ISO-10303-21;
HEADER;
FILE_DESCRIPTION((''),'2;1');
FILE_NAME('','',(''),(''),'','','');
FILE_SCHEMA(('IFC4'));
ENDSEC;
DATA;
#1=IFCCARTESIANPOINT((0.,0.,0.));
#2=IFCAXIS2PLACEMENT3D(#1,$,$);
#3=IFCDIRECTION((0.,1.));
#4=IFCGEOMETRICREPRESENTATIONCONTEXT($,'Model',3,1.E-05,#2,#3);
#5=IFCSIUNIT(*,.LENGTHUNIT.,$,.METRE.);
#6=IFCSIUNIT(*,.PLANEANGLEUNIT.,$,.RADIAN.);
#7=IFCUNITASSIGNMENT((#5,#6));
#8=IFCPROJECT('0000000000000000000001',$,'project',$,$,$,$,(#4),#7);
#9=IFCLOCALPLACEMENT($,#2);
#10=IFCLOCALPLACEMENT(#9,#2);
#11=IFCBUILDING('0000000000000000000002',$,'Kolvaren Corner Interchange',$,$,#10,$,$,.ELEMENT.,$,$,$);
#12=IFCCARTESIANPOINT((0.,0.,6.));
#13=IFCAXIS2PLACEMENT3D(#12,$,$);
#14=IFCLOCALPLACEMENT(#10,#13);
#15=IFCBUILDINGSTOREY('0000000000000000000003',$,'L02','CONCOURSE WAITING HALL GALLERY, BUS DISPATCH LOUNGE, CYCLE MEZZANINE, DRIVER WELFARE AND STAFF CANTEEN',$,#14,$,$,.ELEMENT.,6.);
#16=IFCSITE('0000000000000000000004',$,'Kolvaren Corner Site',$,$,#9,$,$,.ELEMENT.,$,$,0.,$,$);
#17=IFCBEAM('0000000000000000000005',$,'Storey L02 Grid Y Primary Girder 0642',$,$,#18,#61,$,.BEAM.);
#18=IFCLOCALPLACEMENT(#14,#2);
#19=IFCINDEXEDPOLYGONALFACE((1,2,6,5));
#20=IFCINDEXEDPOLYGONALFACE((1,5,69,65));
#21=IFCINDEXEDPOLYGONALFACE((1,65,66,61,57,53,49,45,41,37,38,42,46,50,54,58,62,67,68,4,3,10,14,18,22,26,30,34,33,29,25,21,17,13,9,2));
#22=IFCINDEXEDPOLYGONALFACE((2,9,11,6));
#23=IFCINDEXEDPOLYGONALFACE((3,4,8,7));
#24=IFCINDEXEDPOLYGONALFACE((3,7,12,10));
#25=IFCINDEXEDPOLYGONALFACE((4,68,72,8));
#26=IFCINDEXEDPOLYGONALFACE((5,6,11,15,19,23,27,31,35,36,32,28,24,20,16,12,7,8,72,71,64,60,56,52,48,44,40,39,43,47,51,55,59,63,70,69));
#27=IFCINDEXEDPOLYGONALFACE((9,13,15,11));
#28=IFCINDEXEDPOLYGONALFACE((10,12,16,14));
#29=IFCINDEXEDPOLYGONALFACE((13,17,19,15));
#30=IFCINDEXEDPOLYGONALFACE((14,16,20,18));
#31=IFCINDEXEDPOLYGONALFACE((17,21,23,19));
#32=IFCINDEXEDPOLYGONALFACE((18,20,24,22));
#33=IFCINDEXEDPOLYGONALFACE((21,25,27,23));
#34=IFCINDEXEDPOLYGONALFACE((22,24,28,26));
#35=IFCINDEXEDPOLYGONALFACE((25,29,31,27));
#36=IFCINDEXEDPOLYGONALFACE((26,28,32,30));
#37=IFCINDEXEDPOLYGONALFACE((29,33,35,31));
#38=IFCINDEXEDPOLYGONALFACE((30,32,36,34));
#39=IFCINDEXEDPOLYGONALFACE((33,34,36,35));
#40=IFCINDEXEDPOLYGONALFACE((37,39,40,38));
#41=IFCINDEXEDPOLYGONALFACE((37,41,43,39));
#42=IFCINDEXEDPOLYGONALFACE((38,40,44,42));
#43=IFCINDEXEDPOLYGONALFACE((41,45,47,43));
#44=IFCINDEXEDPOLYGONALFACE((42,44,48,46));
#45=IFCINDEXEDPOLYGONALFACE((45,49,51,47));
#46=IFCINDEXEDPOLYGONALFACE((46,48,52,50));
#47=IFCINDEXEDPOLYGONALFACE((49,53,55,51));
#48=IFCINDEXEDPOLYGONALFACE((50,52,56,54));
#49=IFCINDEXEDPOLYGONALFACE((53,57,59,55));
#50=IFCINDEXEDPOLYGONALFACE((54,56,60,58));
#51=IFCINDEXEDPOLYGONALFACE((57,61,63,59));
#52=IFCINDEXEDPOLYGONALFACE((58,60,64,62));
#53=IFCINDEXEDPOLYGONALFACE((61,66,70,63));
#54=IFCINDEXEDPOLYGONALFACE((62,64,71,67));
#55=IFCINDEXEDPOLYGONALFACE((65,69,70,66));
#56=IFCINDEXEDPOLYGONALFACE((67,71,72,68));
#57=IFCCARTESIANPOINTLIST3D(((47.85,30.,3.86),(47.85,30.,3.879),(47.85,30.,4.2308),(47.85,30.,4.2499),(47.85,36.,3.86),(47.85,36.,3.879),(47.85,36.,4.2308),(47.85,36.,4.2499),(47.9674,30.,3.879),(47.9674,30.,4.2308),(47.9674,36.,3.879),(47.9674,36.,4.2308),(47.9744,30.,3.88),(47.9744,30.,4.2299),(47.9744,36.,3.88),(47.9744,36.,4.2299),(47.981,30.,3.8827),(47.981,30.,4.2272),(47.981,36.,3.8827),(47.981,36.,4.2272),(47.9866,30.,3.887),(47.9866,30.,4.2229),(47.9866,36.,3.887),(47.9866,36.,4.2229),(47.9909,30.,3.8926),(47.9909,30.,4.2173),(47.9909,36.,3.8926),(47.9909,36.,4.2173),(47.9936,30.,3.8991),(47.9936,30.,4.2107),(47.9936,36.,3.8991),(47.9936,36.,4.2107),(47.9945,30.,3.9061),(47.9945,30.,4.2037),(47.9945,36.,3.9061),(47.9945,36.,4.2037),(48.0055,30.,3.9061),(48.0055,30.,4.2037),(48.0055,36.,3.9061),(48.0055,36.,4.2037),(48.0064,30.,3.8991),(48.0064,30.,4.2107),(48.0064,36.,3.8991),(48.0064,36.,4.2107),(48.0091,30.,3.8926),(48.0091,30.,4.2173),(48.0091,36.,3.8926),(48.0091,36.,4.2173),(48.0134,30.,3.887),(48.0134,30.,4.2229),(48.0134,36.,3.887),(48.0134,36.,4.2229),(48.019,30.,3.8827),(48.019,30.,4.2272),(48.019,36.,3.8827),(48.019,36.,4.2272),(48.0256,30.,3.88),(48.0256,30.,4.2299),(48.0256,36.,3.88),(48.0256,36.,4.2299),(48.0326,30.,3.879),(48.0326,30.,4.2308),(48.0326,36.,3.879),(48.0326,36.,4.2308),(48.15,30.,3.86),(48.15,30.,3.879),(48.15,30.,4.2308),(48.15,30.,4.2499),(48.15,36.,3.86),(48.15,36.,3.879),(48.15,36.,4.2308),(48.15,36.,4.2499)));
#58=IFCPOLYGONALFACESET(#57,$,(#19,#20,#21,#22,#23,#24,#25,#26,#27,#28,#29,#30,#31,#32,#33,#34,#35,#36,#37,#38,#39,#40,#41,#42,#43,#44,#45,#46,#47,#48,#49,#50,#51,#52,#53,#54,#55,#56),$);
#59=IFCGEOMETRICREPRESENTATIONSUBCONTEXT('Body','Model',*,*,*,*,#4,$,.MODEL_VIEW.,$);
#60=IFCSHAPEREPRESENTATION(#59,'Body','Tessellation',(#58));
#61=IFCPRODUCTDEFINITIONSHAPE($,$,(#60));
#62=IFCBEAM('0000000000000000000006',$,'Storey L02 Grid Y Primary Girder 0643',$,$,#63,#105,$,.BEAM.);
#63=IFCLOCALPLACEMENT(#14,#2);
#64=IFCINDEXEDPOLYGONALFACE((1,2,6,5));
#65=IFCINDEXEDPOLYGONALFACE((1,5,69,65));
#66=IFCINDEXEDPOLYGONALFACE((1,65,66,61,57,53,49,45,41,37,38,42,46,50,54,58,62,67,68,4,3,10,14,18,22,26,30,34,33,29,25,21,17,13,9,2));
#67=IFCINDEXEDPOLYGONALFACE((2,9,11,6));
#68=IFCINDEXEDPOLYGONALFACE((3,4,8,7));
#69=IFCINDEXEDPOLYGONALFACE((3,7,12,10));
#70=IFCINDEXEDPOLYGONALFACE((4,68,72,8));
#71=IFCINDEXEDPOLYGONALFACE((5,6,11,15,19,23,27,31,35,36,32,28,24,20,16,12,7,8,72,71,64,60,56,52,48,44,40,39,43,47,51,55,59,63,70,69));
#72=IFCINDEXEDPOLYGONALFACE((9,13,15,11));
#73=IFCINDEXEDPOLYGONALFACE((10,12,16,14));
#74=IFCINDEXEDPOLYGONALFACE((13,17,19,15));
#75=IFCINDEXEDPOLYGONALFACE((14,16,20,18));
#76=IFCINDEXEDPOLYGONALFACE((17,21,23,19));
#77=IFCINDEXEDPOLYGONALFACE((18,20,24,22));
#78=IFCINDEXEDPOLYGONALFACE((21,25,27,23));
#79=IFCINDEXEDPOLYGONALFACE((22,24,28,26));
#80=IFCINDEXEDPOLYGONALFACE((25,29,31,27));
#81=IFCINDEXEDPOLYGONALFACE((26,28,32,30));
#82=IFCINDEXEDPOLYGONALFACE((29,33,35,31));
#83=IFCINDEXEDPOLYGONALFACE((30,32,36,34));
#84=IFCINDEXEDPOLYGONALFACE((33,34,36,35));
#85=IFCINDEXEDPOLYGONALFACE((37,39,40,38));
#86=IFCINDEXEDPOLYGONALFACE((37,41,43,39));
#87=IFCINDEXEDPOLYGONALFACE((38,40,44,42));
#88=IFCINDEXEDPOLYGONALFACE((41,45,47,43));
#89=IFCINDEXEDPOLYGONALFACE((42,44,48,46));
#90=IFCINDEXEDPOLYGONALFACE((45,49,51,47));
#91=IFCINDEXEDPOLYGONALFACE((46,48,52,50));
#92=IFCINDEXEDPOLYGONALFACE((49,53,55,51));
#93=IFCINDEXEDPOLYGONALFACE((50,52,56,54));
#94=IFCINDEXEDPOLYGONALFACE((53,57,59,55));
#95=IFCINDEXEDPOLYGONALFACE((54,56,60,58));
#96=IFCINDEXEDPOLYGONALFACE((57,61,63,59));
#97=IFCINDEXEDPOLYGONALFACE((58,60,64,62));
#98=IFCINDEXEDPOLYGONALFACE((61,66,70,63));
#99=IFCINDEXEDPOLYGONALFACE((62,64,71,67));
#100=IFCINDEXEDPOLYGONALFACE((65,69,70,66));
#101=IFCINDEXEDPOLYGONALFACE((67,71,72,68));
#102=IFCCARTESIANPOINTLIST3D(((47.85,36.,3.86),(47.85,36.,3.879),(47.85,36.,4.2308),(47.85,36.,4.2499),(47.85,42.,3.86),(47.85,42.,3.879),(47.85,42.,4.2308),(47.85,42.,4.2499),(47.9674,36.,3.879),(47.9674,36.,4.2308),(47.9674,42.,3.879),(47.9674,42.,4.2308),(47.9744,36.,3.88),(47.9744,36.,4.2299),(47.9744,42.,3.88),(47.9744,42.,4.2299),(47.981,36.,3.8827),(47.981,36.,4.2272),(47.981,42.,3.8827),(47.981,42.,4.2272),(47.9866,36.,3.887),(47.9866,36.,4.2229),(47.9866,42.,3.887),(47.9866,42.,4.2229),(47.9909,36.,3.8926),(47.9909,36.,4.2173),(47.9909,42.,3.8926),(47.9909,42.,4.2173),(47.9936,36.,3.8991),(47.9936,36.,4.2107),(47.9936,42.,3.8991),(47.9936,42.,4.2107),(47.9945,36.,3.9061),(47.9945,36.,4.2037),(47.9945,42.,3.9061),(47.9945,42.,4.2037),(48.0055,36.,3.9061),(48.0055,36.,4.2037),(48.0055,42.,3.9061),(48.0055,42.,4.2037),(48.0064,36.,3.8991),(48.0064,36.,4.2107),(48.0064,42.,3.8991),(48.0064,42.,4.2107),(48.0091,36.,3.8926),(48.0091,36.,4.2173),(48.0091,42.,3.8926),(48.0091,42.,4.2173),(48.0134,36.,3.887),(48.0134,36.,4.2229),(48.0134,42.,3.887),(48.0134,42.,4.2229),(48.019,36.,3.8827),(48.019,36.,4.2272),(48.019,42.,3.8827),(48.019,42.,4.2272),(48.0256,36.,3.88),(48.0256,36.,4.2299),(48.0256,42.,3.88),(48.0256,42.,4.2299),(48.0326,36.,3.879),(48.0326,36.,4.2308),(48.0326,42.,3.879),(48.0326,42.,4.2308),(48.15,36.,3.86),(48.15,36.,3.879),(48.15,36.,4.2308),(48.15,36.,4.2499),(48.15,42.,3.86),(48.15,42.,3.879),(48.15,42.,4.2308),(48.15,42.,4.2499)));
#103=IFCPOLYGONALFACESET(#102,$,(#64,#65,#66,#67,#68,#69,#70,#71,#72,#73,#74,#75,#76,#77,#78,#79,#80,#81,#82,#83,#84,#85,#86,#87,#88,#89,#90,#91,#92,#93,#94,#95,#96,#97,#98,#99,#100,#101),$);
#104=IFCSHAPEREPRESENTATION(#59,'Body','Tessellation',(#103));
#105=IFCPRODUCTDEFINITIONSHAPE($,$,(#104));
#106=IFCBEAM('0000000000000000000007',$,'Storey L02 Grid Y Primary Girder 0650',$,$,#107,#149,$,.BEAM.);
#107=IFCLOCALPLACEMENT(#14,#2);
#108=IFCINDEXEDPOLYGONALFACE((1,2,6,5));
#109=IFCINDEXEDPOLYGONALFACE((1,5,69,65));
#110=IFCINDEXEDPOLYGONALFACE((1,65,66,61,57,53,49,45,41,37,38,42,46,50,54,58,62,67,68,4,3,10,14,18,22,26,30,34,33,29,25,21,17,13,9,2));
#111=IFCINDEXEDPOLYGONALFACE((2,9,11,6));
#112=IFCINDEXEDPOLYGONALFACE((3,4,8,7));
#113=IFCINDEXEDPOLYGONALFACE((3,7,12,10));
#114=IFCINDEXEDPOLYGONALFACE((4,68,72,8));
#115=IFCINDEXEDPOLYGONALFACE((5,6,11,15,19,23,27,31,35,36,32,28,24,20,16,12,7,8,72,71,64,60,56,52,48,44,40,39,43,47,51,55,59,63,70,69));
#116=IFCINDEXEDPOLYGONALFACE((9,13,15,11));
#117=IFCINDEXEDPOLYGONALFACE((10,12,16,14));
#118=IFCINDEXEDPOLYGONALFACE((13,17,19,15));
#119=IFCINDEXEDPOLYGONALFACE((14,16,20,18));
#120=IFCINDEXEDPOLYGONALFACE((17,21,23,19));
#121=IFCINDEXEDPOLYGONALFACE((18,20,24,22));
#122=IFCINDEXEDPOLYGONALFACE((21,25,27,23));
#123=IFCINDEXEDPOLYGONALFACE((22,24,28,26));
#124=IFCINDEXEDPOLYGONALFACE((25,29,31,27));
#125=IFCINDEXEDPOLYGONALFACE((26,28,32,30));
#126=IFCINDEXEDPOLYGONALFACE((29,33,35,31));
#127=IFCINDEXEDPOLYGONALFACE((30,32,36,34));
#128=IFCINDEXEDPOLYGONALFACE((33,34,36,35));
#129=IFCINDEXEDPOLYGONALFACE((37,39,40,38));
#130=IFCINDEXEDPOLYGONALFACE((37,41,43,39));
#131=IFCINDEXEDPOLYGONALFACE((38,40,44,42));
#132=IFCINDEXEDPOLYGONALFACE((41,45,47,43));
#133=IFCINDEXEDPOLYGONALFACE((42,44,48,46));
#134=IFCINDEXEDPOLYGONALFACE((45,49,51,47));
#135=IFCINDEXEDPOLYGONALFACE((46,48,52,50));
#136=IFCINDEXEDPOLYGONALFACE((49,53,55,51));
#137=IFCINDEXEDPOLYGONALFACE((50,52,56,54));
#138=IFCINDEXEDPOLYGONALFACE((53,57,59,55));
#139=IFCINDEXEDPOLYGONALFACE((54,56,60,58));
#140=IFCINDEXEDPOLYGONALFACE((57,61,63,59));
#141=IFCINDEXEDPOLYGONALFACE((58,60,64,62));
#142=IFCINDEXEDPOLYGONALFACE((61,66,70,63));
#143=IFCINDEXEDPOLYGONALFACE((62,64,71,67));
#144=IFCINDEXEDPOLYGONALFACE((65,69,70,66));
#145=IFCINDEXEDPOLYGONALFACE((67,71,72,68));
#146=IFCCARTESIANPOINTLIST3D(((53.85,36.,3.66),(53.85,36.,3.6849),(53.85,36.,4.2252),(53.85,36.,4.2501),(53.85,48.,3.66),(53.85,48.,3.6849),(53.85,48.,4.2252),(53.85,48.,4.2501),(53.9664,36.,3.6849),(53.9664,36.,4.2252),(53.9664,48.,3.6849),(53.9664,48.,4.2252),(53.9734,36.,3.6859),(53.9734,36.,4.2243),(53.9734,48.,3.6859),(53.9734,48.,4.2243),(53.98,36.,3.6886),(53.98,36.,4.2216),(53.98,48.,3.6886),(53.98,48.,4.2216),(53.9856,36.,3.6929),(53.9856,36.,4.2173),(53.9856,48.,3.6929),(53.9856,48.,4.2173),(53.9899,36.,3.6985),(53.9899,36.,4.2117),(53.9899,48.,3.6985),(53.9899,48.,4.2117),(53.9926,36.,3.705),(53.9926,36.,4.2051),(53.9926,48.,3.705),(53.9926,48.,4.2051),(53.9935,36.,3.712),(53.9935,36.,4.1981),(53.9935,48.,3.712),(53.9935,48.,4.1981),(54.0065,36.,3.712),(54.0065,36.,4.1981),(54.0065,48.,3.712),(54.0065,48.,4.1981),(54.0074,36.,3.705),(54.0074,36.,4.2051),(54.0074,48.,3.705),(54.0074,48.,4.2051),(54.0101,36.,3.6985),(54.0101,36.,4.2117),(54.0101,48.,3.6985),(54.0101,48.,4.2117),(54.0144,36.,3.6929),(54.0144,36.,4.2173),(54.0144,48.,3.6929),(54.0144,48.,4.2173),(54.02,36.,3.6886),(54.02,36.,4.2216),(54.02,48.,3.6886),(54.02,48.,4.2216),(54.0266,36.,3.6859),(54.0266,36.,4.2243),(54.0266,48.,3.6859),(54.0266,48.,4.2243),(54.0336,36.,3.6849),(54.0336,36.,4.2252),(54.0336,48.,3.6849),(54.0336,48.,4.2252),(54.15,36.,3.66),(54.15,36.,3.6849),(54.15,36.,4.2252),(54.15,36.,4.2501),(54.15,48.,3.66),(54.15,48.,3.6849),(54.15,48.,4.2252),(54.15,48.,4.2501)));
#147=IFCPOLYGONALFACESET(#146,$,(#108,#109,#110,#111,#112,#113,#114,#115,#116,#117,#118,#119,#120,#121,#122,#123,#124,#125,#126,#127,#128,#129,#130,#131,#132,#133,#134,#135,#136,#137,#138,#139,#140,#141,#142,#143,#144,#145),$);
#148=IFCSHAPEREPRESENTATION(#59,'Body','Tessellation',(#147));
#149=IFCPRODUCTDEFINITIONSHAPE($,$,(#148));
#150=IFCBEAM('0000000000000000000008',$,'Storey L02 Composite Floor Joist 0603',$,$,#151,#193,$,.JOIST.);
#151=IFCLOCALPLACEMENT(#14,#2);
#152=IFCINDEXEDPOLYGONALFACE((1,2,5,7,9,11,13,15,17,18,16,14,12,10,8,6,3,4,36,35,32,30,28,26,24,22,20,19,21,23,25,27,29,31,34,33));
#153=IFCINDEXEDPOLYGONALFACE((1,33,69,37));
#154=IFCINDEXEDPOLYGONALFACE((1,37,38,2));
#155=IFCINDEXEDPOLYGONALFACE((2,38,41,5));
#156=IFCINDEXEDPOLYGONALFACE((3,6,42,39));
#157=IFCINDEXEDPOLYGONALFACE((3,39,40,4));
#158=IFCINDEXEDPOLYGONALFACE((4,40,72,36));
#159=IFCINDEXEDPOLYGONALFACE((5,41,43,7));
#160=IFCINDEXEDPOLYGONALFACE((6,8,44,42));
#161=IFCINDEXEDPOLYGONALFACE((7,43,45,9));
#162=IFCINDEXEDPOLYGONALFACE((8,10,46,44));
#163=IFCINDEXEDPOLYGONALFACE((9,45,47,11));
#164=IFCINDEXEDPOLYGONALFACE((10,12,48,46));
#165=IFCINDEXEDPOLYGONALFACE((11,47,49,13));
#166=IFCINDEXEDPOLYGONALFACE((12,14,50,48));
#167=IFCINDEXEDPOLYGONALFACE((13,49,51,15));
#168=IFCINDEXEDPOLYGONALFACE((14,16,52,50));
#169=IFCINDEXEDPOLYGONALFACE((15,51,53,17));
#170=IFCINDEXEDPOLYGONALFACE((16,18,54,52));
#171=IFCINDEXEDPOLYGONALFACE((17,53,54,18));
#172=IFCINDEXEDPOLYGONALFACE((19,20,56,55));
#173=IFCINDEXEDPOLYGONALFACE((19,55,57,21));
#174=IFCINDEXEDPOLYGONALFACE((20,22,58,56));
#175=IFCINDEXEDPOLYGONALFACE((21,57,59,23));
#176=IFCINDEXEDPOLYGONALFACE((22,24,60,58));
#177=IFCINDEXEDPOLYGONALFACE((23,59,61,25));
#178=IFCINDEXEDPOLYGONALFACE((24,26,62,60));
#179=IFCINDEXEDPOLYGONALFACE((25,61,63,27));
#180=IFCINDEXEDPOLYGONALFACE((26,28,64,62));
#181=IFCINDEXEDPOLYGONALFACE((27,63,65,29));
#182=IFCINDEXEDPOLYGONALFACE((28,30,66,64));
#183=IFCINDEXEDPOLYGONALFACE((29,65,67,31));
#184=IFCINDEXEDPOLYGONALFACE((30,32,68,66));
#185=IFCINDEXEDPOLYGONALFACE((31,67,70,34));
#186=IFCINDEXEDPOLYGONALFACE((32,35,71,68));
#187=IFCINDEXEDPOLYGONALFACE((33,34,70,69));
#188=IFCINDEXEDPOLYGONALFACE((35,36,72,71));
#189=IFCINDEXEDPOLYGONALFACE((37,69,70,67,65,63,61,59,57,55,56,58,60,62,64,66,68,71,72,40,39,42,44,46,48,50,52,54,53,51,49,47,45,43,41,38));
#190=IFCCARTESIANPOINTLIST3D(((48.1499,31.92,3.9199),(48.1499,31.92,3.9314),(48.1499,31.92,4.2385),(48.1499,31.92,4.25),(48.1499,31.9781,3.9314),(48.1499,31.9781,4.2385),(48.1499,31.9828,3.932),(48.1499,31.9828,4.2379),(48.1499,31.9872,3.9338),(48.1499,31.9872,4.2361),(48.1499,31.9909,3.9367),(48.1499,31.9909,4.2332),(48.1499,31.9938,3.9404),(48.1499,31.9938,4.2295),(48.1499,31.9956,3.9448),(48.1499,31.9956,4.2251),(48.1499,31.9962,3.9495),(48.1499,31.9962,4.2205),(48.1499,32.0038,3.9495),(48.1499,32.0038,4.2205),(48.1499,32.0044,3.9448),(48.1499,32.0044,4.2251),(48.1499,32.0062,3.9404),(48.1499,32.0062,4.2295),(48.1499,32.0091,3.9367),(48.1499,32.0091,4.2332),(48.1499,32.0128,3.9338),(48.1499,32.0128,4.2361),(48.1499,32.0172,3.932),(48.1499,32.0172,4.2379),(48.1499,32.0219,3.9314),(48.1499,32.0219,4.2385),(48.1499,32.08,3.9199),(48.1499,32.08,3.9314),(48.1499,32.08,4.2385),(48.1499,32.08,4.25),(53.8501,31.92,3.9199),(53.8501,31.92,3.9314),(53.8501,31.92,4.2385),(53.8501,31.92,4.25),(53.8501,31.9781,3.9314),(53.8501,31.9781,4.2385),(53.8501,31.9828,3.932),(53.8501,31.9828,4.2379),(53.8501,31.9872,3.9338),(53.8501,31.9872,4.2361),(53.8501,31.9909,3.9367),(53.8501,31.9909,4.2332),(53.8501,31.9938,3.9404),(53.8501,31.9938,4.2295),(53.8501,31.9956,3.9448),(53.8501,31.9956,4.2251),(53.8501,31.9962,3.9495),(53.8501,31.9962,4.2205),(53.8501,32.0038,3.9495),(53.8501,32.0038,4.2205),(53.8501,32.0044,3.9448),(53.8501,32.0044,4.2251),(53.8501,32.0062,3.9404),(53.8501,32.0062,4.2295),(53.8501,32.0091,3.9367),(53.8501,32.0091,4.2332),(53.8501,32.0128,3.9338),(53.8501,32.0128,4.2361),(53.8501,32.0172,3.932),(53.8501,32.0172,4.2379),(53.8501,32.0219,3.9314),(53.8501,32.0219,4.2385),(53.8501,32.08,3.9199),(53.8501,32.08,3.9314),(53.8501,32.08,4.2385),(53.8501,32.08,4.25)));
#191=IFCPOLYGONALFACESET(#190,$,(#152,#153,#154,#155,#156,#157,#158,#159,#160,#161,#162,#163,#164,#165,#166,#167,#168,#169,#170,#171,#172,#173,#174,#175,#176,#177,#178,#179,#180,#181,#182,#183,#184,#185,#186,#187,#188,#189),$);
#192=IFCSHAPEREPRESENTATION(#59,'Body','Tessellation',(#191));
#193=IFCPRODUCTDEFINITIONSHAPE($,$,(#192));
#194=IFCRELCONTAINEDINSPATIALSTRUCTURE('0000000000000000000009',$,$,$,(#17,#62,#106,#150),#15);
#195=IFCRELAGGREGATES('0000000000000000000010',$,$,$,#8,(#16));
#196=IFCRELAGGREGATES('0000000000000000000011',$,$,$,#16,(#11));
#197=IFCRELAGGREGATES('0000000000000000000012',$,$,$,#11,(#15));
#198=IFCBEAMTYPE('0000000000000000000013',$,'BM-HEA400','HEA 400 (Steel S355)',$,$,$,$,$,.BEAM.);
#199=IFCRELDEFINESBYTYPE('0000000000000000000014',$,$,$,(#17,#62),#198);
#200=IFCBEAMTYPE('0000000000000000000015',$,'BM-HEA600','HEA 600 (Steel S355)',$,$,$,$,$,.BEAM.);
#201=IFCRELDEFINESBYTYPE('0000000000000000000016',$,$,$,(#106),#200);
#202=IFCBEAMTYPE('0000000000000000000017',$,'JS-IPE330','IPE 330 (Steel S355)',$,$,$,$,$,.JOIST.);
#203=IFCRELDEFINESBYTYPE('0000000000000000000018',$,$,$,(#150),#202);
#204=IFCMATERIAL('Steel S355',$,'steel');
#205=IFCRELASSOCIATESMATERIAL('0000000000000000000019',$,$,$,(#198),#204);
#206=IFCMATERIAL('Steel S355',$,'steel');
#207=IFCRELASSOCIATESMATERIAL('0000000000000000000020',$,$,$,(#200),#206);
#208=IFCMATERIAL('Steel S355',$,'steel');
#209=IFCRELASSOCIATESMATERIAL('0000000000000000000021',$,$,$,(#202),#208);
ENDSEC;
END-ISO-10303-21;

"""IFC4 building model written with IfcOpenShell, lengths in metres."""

from ifc_helpers import new_model, si_unit, direction, frame, origin, origin_2d, place, context, subcontext, project, spatial, i_section, extrude, material, material_profile, profile_set, type_object, element, save


model = new_model("IFC4")

# Units and contexts
model_context = context("Model", 3, precision=1e-05, world=origin(), true_north=direction((0.0, 1.0)))
body_context = subcontext(model_context, "Body", "Model", "MODEL_VIEW")
ifc_project = project(units=[si_unit("LENGTHUNIT", "METRE"), si_unit("PLANEANGLEUNIT", "RADIAN")], contexts=[model_context])

# Site, building, storey
site_placement = place(None, origin())
site = spatial("IfcSite", under=ifc_project, at=site_placement, Name="Kolvaren Corner Site", CompositionType="ELEMENT", RefElevation=0.0)
building_placement = place(site_placement, origin())
building = spatial("IfcBuilding", under=site, at=building_placement, Name="Kolvaren Corner Interchange", CompositionType="ELEMENT")
storey_placement = place(building_placement, frame((0.0, 0.0, 6.0)))
storey = spatial("IfcBuildingStorey", under=building, at=storey_placement, Name="L02", Description="CONCOURSE WAITING HALL GALLERY, BUS DISPATCH LOUNGE, CYCLE MEZZANINE, DRIVER WELFARE AND STAFF CANTEEN", CompositionType="ELEMENT", Elevation=6.0)

# Beams
ifc_material_1 = material(Name="Steel S355", Category="steel")
ifc_material_profile_1 = material_profile(ifc_material_1, i_section(OverallWidth=0.3, OverallDepth=0.3899, WebThickness=0.011, FlangeThickness=0.019, FilletRadius=0.0271, at=origin_2d()), Name="HEA 400")
ifc_profile_set_1 = profile_set([ifc_material_profile_1], Name="Steel S355")
beam_type_1 = type_object("IfcBeamType", Name="BM-HEA400", Description="HEA 400 (Steel S355)", PredefinedType="BEAM", material=ifc_profile_set_1)
for number, where, z_axis, x_axis, name in (
    (1, (48.0, 30.0, 4.0549), (0.0, 1.0, 0.0), (-1.0, 0.0, 0.0), "Storey L02 Grid Y Primary Girder 0642"),
    (2, (48.0, 36.0, 4.0549), (0.0, 1.0, 0.0), (-1.0, 0.0, 0.0), "Storey L02 Grid Y Primary Girder 0643"),
):
    element("IfcBeam", number, at=place(storey_placement, frame(where, z_axis=z_axis, x_axis=x_axis)), inside=storey, type_object=beam_type_1, Name=name, PredefinedType="BEAM", context=body_context, shape_type="SweptSolid", body=[
        extrude(i_section(OverallWidth=0.3, OverallDepth=0.3899, WebThickness=0.011, FlangeThickness=0.019, FilletRadius=0.0271, at=origin_2d()), origin(), (0.0, 0.0, 1.0), 6.0),
    ])
ifc_material_2 = material(Name="Steel S355", Category="steel")
ifc_material_profile_2 = material_profile(ifc_material_2, i_section(OverallWidth=0.3, OverallDepth=0.5901, WebThickness=0.0129, FlangeThickness=0.0249, FilletRadius=0.0271, at=origin_2d()), Name="HEA 600")
ifc_profile_set_2 = profile_set([ifc_material_profile_2], Name="Steel S355")
beam_type_2 = type_object("IfcBeamType", Name="BM-HEA600", Description="HEA 600 (Steel S355)", PredefinedType="BEAM", material=ifc_profile_set_2)
beam_1_placement = place(storey_placement, frame((54.0, 36.0, 3.9551), z_axis=(0.0, 1.0, 0.0), x_axis=(-1.0, 0.0, 0.0)))
element("IfcBeam", 3, at=beam_1_placement, inside=storey, type_object=beam_type_2, Name="Storey L02 Grid Y Primary Girder 0650", PredefinedType="BEAM", context=body_context, shape_type="SweptSolid", body=[
    extrude(i_section(OverallWidth=0.3, OverallDepth=0.5901, WebThickness=0.0129, FlangeThickness=0.0249, FilletRadius=0.0271, at=origin_2d()), origin(), (0.0, 0.0, 1.0), 12.0),
])
ifc_material_3 = material(Name="Steel S355", Category="steel")
ifc_material_profile_3 = material_profile(ifc_material_3, i_section(OverallWidth=0.1599, OverallDepth=0.3301, WebThickness=0.0076, FlangeThickness=0.0115, FilletRadius=0.0181, at=origin_2d()), Name="IPE 330")
ifc_profile_set_3 = profile_set([ifc_material_profile_3], Name="Steel S355")
beam_type_3 = type_object("IfcBeamType", Name="JS-IPE330", Description="IPE 330 (Steel S355)", PredefinedType="JOIST", material=ifc_profile_set_3)
for number, where, z_axis, x_axis, name in (
    (4, (48.1499, 32.0, 4.085), (1.0, 0.0, 0.0), (0.0, 1.0, 0.0), "Storey L02 Composite Floor Joist 0603"),
):
    element("IfcBeam", number, at=place(storey_placement, frame(where, z_axis=z_axis, x_axis=x_axis)), inside=storey, type_object=beam_type_3, Name=name, PredefinedType="JOIST", context=body_context, shape_type="SweptSolid", body=[
        extrude(i_section(OverallWidth=0.1599, OverallDepth=0.3301, WebThickness=0.0076, FlangeThickness=0.0115, FilletRadius=0.0181, at=origin_2d()), origin(), (0.0, 0.0, 1.0), 5.7002),
    ])

save(model, "model.ifc")
